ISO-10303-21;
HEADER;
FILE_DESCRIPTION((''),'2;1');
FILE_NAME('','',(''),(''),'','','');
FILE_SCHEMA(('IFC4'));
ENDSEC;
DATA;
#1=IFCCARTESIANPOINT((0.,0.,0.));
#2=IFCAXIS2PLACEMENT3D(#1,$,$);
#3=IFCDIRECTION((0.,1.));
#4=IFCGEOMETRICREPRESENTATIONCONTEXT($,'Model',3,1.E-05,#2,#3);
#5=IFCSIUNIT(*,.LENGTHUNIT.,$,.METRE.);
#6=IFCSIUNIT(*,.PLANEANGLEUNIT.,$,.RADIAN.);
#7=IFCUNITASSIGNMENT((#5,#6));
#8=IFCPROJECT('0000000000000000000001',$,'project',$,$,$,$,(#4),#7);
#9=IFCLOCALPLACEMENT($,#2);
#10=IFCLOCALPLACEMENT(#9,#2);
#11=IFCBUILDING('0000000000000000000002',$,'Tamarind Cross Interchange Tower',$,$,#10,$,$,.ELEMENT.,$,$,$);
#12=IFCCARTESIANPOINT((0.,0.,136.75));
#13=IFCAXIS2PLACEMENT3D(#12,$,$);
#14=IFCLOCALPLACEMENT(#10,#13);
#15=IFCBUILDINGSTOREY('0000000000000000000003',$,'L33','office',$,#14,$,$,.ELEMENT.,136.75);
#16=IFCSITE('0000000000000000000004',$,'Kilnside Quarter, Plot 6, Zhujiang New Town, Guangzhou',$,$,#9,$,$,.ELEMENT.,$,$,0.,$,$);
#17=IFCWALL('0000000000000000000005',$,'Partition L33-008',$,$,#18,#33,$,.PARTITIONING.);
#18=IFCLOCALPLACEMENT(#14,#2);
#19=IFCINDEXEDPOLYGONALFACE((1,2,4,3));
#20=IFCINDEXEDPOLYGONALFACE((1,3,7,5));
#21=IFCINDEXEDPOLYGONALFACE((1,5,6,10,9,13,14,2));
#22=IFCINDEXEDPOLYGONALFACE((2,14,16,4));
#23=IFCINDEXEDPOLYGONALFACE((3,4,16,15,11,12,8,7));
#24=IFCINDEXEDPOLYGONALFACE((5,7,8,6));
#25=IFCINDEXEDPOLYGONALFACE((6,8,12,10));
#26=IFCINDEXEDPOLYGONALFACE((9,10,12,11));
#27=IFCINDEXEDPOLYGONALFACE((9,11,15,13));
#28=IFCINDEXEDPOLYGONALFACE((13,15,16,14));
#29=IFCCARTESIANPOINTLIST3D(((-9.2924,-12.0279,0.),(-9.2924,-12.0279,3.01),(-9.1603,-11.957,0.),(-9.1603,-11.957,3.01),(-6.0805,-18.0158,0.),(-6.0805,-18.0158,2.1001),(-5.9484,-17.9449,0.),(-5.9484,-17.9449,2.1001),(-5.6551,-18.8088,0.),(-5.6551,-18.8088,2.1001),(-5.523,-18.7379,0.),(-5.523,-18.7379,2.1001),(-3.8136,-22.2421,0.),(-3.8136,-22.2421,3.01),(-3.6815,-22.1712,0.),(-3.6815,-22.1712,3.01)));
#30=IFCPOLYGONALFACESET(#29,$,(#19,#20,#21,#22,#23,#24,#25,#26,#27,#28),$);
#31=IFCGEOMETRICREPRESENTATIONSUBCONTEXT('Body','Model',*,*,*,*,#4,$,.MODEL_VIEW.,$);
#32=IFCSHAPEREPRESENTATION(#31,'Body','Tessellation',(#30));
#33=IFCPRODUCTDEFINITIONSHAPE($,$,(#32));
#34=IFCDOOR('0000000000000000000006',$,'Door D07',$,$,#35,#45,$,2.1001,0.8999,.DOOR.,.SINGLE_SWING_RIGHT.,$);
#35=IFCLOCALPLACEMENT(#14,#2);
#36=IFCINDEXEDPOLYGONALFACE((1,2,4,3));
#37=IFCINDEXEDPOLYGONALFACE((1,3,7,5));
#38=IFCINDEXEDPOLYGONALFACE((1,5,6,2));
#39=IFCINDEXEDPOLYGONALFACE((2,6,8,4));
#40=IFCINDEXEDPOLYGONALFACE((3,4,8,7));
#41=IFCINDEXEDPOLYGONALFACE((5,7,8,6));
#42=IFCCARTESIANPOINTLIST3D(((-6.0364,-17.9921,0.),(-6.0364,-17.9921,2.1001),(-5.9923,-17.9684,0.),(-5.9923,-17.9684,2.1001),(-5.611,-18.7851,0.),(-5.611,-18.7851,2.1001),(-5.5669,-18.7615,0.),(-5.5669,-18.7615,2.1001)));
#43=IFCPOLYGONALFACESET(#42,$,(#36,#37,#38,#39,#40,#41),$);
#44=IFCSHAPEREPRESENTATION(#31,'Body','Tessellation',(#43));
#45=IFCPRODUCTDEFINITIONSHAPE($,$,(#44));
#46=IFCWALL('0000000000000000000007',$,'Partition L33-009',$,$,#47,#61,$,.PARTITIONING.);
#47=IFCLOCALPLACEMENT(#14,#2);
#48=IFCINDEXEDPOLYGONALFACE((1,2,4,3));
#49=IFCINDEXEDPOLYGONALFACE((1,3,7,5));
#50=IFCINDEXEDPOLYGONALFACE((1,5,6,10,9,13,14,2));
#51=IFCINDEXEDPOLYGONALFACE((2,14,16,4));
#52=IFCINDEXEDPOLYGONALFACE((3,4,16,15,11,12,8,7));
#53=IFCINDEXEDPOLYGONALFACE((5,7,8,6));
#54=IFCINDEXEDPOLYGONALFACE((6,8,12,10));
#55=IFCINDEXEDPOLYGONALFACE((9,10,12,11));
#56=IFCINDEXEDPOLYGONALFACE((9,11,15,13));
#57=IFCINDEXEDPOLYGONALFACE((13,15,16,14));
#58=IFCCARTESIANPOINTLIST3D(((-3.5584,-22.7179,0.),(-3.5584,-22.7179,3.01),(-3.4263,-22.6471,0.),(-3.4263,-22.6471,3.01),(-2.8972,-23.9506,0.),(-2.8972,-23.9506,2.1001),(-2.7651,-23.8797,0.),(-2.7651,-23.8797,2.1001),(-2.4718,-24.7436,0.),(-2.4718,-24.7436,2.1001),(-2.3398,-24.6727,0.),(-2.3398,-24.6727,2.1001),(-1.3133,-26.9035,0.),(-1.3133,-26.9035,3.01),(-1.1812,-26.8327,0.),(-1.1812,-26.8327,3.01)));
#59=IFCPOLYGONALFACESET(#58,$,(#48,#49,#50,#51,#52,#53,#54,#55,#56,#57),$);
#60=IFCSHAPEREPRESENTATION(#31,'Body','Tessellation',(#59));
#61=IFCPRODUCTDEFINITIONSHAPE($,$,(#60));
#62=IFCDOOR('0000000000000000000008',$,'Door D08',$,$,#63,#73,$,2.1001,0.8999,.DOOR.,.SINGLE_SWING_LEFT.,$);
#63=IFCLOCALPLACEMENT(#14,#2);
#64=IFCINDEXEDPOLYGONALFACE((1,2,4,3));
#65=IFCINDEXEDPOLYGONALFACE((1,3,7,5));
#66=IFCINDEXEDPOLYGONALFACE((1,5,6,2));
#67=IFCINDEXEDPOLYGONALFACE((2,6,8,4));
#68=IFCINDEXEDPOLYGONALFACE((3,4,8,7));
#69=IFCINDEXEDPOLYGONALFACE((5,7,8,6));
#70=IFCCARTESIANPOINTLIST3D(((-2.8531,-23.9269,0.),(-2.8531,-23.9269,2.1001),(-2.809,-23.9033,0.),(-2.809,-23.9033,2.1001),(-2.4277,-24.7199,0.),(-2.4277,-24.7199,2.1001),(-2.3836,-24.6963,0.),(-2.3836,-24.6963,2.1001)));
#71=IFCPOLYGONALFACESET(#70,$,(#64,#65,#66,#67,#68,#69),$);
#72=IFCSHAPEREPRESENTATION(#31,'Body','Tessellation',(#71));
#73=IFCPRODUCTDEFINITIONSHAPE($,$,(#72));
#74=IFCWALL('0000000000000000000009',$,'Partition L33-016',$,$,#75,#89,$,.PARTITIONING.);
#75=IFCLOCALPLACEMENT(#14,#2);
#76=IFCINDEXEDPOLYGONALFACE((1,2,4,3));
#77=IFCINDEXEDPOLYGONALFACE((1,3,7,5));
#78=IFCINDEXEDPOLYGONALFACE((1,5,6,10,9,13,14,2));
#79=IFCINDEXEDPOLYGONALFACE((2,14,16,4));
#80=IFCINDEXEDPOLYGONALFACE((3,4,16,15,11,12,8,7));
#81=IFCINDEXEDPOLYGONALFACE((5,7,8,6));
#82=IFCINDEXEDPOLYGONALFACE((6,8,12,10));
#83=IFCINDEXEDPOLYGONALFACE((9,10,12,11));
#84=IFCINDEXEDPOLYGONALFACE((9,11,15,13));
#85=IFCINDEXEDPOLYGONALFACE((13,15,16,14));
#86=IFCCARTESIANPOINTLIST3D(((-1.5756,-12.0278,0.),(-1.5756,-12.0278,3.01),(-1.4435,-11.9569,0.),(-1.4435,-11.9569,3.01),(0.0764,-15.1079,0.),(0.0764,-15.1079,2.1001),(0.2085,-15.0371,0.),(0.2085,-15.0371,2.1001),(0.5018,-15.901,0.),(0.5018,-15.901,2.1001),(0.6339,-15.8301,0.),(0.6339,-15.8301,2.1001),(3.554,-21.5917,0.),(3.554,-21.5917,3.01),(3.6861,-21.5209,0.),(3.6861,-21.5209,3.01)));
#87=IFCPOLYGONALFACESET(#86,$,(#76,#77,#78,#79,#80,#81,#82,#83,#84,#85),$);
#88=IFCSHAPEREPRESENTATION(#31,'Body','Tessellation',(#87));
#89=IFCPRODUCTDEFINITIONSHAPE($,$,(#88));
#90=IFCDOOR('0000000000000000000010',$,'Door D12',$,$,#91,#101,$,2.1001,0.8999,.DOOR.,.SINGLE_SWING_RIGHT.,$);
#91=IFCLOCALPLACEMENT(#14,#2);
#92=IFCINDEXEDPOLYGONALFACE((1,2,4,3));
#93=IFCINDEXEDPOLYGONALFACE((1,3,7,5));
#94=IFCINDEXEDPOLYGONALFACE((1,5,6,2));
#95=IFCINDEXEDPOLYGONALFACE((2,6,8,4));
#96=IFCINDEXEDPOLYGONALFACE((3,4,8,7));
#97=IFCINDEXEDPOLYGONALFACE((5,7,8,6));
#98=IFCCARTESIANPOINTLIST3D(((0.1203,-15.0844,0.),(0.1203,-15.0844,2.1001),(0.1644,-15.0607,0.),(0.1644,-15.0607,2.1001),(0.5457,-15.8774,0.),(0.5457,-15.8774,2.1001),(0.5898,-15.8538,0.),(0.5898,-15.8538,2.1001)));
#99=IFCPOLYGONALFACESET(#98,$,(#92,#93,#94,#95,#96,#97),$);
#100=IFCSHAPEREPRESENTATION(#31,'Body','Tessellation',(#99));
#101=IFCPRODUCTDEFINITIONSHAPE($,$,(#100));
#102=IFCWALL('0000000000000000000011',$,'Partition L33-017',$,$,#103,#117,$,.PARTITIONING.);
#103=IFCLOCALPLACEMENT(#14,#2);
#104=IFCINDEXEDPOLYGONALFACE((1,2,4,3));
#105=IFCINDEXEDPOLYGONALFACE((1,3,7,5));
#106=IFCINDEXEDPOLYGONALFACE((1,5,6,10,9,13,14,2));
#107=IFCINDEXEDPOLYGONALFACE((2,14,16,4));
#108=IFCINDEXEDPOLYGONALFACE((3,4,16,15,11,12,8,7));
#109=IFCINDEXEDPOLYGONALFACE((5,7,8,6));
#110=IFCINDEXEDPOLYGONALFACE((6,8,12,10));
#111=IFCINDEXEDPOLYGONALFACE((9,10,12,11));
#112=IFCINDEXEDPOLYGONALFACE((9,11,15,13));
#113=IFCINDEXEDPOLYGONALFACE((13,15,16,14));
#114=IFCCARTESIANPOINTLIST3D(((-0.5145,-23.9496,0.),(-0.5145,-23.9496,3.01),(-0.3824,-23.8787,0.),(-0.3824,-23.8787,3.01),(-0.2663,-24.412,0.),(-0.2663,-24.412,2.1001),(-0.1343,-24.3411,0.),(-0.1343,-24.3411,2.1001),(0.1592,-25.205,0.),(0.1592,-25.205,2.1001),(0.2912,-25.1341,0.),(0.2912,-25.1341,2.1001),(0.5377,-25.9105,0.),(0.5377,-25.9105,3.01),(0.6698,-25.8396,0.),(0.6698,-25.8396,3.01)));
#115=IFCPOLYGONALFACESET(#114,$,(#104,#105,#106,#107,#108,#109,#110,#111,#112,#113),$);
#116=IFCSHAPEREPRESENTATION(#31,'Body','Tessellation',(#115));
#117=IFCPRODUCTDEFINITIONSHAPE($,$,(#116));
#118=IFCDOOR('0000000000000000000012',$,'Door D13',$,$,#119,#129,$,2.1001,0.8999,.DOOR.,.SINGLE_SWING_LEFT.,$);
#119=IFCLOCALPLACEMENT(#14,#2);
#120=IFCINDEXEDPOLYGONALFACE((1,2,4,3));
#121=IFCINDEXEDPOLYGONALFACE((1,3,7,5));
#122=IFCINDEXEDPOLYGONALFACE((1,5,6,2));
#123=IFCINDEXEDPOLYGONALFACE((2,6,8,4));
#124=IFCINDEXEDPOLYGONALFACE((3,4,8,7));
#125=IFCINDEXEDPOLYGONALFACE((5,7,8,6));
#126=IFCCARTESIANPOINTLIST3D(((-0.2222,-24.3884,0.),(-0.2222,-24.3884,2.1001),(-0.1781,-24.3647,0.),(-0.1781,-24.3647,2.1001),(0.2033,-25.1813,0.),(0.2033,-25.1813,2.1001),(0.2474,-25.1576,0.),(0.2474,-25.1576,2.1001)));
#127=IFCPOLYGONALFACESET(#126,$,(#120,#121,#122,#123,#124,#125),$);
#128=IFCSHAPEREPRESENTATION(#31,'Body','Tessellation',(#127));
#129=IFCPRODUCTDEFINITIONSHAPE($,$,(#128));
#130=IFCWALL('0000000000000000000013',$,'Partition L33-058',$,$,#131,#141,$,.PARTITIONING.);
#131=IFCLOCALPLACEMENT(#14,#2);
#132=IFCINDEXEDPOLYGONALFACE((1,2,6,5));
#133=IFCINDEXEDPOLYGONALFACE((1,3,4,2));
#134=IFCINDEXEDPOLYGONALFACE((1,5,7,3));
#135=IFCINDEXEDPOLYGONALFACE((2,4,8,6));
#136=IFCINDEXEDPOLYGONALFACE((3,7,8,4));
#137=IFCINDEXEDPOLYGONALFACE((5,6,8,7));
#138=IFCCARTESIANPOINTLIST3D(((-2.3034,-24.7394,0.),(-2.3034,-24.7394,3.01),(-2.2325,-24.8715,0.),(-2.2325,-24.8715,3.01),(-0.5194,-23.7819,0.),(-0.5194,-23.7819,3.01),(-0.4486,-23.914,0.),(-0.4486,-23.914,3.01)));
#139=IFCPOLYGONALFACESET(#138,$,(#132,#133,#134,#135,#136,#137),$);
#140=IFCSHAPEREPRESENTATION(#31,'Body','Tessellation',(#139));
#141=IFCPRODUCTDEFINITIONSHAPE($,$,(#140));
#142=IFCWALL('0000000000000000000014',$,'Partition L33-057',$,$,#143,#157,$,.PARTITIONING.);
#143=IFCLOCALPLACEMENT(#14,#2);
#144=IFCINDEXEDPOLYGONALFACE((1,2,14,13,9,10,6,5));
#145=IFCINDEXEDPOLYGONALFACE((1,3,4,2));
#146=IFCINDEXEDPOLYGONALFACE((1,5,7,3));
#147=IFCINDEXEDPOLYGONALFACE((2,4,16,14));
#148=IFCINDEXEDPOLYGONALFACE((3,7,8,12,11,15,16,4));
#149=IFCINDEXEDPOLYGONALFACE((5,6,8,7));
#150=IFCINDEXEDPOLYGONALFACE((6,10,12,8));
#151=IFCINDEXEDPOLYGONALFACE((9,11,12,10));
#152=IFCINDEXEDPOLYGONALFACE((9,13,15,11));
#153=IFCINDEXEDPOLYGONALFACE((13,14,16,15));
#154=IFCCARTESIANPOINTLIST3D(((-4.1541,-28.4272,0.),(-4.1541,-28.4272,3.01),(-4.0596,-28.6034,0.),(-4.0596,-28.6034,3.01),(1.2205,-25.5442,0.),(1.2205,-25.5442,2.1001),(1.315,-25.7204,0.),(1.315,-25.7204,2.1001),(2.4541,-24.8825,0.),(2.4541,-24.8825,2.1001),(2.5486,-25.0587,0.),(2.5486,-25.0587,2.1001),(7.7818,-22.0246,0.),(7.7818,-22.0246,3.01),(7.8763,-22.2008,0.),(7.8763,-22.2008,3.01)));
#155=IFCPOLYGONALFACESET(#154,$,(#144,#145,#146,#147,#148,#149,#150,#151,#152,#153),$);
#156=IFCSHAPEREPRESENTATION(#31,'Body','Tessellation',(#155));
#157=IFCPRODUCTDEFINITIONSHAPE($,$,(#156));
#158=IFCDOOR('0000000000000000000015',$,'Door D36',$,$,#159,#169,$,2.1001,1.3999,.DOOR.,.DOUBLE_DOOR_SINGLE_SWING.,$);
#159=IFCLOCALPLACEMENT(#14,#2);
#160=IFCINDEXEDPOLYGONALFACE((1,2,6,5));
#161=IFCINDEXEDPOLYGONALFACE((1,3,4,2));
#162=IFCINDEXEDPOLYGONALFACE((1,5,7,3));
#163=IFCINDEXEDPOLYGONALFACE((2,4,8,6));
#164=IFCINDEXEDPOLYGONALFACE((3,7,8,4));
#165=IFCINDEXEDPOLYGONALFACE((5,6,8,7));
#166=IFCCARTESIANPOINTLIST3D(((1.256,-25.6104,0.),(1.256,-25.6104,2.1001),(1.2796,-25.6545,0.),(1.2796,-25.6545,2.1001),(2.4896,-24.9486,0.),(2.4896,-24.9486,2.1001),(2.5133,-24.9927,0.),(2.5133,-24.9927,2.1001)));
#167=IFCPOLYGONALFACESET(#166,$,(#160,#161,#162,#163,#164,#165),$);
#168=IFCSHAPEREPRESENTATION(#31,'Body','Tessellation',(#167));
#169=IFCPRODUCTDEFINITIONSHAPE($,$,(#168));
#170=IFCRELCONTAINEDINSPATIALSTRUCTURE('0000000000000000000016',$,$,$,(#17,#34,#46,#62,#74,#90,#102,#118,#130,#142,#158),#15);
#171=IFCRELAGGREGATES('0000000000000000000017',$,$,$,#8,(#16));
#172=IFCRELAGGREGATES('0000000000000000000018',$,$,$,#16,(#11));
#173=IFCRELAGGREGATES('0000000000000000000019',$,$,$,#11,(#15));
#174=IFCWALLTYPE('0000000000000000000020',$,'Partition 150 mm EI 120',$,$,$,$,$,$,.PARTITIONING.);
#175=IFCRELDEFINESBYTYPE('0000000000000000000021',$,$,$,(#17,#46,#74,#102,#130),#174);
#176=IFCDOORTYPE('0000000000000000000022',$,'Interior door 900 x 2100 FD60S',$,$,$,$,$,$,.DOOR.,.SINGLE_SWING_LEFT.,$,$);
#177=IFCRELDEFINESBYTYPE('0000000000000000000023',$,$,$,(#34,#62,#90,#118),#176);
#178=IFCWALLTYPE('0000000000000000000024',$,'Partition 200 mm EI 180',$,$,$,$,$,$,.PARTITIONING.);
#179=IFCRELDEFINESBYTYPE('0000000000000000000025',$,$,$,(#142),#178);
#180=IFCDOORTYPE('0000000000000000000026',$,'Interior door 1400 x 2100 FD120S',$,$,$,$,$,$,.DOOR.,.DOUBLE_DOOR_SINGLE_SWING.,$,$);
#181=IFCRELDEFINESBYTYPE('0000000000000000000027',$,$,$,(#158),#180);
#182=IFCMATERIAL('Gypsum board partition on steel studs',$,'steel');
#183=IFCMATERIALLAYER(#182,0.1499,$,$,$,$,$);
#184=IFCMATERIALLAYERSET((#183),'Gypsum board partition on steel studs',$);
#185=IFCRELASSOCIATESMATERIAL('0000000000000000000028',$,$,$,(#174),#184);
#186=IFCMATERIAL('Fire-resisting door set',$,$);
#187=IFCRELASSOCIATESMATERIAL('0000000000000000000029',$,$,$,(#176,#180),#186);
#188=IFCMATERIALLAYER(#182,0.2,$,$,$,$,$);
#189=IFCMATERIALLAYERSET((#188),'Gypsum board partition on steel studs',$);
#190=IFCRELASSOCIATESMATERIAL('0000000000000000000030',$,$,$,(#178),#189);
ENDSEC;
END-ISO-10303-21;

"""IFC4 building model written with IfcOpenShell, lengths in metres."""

from ifc_helpers import new_model, si_unit, direction, frame, frame_2d, origin, place, context, subcontext, project, spatial, rectangle, extrude, material, layer, layer_set, type_object, element, fill, save


model = new_model("IFC4")

# Units and contexts
model_context = context("Model", 3, precision=1e-05, world=origin(), true_north=direction((0.0, 1.0)))
body_context = subcontext(model_context, "Body", "Model", "MODEL_VIEW")
ifc_project = project(units=[si_unit("LENGTHUNIT", "METRE"), si_unit("PLANEANGLEUNIT", "RADIAN")], contexts=[model_context])

# Site, building, storey
site_placement = place(None, origin())
site = spatial("IfcSite", under=ifc_project, at=site_placement, Name="Kilnside Quarter, Plot 6, Zhujiang New Town, Guangzhou", CompositionType="ELEMENT", RefElevation=0.0)
building_placement = place(site_placement, origin())
building = spatial("IfcBuilding", under=site, at=building_placement, Name="Tamarind Cross Interchange Tower", CompositionType="ELEMENT")
storey_placement = place(building_placement, frame((0.0, 0.0, 136.75)))
storey = spatial("IfcBuildingStorey", under=building, at=storey_placement, Name="L33", Description="office", CompositionType="ELEMENT", Elevation=136.75)

# Shared definitions
ifc_material_1 = material(Name="Gypsum board partition on steel studs", Category="steel")

# Walls, openings, doors
ifc_layer_1 = layer(ifc_material_1, 0.1499)
ifc_layer_set_1 = layer_set([ifc_layer_1], Name="Gypsum board partition on steel studs")
wall_type_1 = type_object("IfcWallType", Name="Partition 150 mm EI 120", PredefinedType="PARTITIONING", material=ifc_layer_set_1)
wall_1_placement = place(storey_placement, frame((-9.2263, -11.9924, 0.0), z_axis=(0.0, 0.0, 1.0), x_axis=(0.472685, -0.881232, 0.0)))
wall_1 = element("IfcWall", 1, at=wall_1_placement, inside=storey, type_object=wall_type_1, Name="Partition L33-008", PredefinedType="PARTITIONING", context=body_context, shape_type="SweptSolid", body=[
    extrude(rectangle(XDim=11.5908, YDim=0.1499, at=frame_2d((5.7954, 0.0))), origin(), (0.0, 0.0, 1.0), 3.01),
])
opening_1_placement = place(wall_1_placement, frame((6.7949, 0.0, 0.0)))
opening_1 = element("IfcOpeningElement", 2, at=opening_1_placement, cuts=wall_1, PredefinedType="OPENING", context=body_context, shape_type="SweptSolid", body=[
    extrude(rectangle(XDim=0.8999, YDim=2.1001, at=frame_2d((0.45, 1.05))), frame((0.0, 0.085, 0.0), z_axis=(0.0, -1.0, 0.0), x_axis=(1.0, 0.0, 0.0)), (0.0, 0.0, 1.0), 0.1699),
])
ifc_material_2 = material(Name="Fire-resisting door set")
door_type_1 = type_object("IfcDoorType", Name="Interior door 900 x 2100 FD60S", OperationType="SINGLE_SWING_LEFT", PredefinedType="DOOR", material=ifc_material_2)
door_1_placement = place(opening_1_placement, frame((0.8999, 0.0, 0.0), z_axis=(0.0, 0.0, 1.0), x_axis=(-1.0, 0.0, 0.0)))
door_1 = element("IfcDoor", 3, at=door_1_placement, inside=storey, type_object=door_type_1, Name="Door D07", OperationType="SINGLE_SWING_RIGHT", OverallHeight=2.1001, OverallWidth=0.8999, PredefinedType="DOOR", context=body_context, shape_type="SweptSolid", body=[
    extrude(rectangle(XDim=0.8999, YDim=2.1001, at=frame_2d((0.45, 1.05))), frame((0.0, 0.0249, 0.0), z_axis=(0.0, -1.0, 0.0), x_axis=(1.0, 0.0, 0.0)), (0.0, 0.0, 1.0), 0.05),
])
fill(opening_1, door_1)
wall_2_placement = place(storey_placement, frame((-3.4924, -22.6824, 0.0), z_axis=(0.0, 0.0, 1.0), x_axis=(0.472689, -0.881229, 0.0)))
wall_2 = element("IfcWall", 4, at=wall_2_placement, inside=storey, type_object=wall_type_1, Name="Partition L33-009", PredefinedType="PARTITIONING", context=body_context, shape_type="SweptSolid", body=[
    extrude(rectangle(XDim=4.7498, YDim=0.1499, at=frame_2d((2.375, 0.0))), origin(), (0.0, 0.0, 1.0), 3.01),
])
opening_2_placement = place(wall_2_placement, frame((1.3989, 0.0, 0.0)))
opening_2 = element("IfcOpeningElement", 5, at=opening_2_placement, cuts=wall_2, PredefinedType="OPENING", context=body_context, shape_type="SweptSolid", body=[
    extrude(rectangle(XDim=0.8999, YDim=2.1001, at=frame_2d((0.45, 1.05))), frame((0.0, 0.085, 0.0), z_axis=(0.0, -1.0, 0.0), x_axis=(1.0, 0.0, 0.0)), (0.0, 0.0, 1.0), 0.1699),
])
door_2_placement = place(opening_2_placement, frame((0.8999, 0.0, 0.0), z_axis=(0.0, 0.0, 1.0), x_axis=(-1.0, 0.0, 0.0)))
door_2 = element("IfcDoor", 6, at=door_2_placement, inside=storey, type_object=door_type_1, Name="Door D08", OperationType="SINGLE_SWING_LEFT", OverallHeight=2.1001, OverallWidth=0.8999, PredefinedType="DOOR", context=body_context, shape_type="SweptSolid", body=[
    extrude(rectangle(XDim=0.8999, YDim=2.1001, at=frame_2d((0.45, 1.05))), frame((0.0, 0.0249, 0.0), z_axis=(0.0, -1.0, 0.0), x_axis=(1.0, 0.0, 0.0)), (0.0, 0.0, 1.0), 0.05),
])
fill(opening_2, door_2)
wall_3_placement = place(storey_placement, frame((-1.5095, -11.9924, 0.0), z_axis=(0.0, 0.0, 1.0), x_axis=(0.472657, -0.881246, 0.0)))
wall_3 = element("IfcWall", 7, at=wall_3_placement, inside=storey, type_object=wall_type_1, Name="Partition L33-016", PredefinedType="PARTITIONING", context=body_context, shape_type="SweptSolid", body=[
    extrude(rectangle(XDim=10.8528, YDim=0.1499, at=frame_2d((5.4263, 0.0))), origin(), (0.0, 0.0, 1.0), 3.01),
])
opening_3_placement = place(wall_3_placement, frame((3.4951, 0.0, 0.0)))
opening_3 = element("IfcOpeningElement", 8, at=opening_3_placement, cuts=wall_3, PredefinedType="OPENING", context=body_context, shape_type="SweptSolid", body=[
    extrude(rectangle(XDim=0.8999, YDim=2.1001, at=frame_2d((0.45, 1.05))), frame((0.0, 0.085, 0.0), z_axis=(0.0, -1.0, 0.0), x_axis=(1.0, 0.0, 0.0)), (0.0, 0.0, 1.0), 0.1699),
])
door_3_placement = place(opening_3_placement, origin())
door_3 = element("IfcDoor", 9, at=door_3_placement, inside=storey, type_object=door_type_1, Name="Door D12", OperationType="SINGLE_SWING_RIGHT", OverallHeight=2.1001, OverallWidth=0.8999, PredefinedType="DOOR", context=body_context, shape_type="SweptSolid", body=[
    extrude(rectangle(XDim=0.8999, YDim=2.1001, at=frame_2d((0.45, 1.05))), frame((0.0, 0.0249, 0.0), z_axis=(0.0, -1.0, 0.0), x_axis=(1.0, 0.0, 0.0)), (0.0, 0.0, 1.0), 0.05),
])
fill(opening_3, door_3)
wall_4_placement = place(storey_placement, frame((-0.4485, -23.9141, 0.0), z_axis=(0.0, 0.0, 1.0), x_axis=(0.47283, -0.881154, 0.0)))
wall_4 = element("IfcWall", 10, at=wall_4_placement, inside=storey, type_object=wall_type_1, Name="Partition L33-017", PredefinedType="PARTITIONING", context=body_context, shape_type="SweptSolid", body=[
    extrude(rectangle(XDim=2.2253, YDim=0.1499, at=frame_2d((1.1128, 0.0))), origin(), (0.0, 0.0, 1.0), 3.01),
])
opening_4_placement = place(wall_4_placement, frame((0.5249, 0.0, 0.0)))
opening_4 = element("IfcOpeningElement", 11, at=opening_4_placement, cuts=wall_4, PredefinedType="OPENING", context=body_context, shape_type="SweptSolid", body=[
    extrude(rectangle(XDim=0.8999, YDim=2.1001, at=frame_2d((0.45, 1.05))), frame((0.0, 0.085, 0.0), z_axis=(0.0, -1.0, 0.0), x_axis=(1.0, 0.0, 0.0)), (0.0, 0.0, 1.0), 0.1699),
])
door_4_placement = place(opening_4_placement, frame((0.8999, 0.0, 0.0), z_axis=(0.0, 0.0, 1.0), x_axis=(-1.0, 0.0, 0.0)))
door_4 = element("IfcDoor", 12, at=door_4_placement, inside=storey, type_object=door_type_1, Name="Door D13", OperationType="SINGLE_SWING_LEFT", OverallHeight=2.1001, OverallWidth=0.8999, PredefinedType="DOOR", context=body_context, shape_type="SweptSolid", body=[
    extrude(rectangle(XDim=0.8999, YDim=2.1001, at=frame_2d((0.45, 1.05))), frame((0.0, 0.0249, 0.0), z_axis=(0.0, -1.0, 0.0), x_axis=(1.0, 0.0, 0.0)), (0.0, 0.0, 1.0), 0.05),
])
fill(opening_4, door_4)

# Wall
wall_5_placement = place(storey_placement, frame((-2.2678, -24.8054, 0.0), z_axis=(0.0, 0.0, 1.0), x_axis=(0.881101, 0.472927, 0.0)))
element("IfcWall", 13, at=wall_5_placement, inside=storey, type_object=wall_type_1, Name="Partition L33-058", PredefinedType="PARTITIONING", context=body_context, shape_type="SweptSolid", body=[
    extrude(rectangle(XDim=2.0247, YDim=0.1499, at=frame_2d((1.0122, 0.0))), origin(), (0.0, 0.0, 1.0), 3.01),
])

# Wall, opening, door
ifc_layer_2 = layer(ifc_material_1, 0.2)
ifc_layer_set_2 = layer_set([ifc_layer_2], Name="Gypsum board partition on steel studs")
wall_type_2 = type_object("IfcWallType", Name="Partition 200 mm EI 180", PredefinedType="PARTITIONING", material=ifc_layer_set_2)
wall_6_placement = place(storey_placement, frame((-4.1069, -28.5154, 0.0), z_axis=(0.0, 0.0, 1.0), x_axis=(0.881221, 0.472704, 0.0)))
wall_6 = element("IfcWall", 14, at=wall_6_placement, inside=storey, type_object=wall_type_2, Name="Partition L33-057", PredefinedType="PARTITIONING", context=body_context, shape_type="SweptSolid", body=[
    extrude(rectangle(XDim=13.5447, YDim=0.2, at=frame_2d((6.7725, 0.0))), origin(), (0.0, 0.0, 1.0), 3.01),
])
opening_5_placement = place(wall_6_placement, frame((6.0991, 0.0, 0.0)))
opening_5 = element("IfcOpeningElement", 15, at=opening_5_placement, cuts=wall_6, PredefinedType="OPENING", context=body_context, shape_type="SweptSolid", body=[
    extrude(rectangle(XDim=1.3999, YDim=2.1001, at=frame_2d((0.7, 1.05))), frame((0.0, 0.1099, 0.0), z_axis=(0.0, -1.0, 0.0), x_axis=(1.0, 0.0, 0.0)), (0.0, 0.0, 1.0), 0.22),
])
door_type_2 = type_object("IfcDoorType", Name="Interior door 1400 x 2100 FD120S", OperationType="DOUBLE_DOOR_SINGLE_SWING", PredefinedType="DOOR", material=ifc_material_2)
door_5_placement = place(opening_5_placement, origin())
door_5 = element("IfcDoor", 16, at=door_5_placement, inside=storey, type_object=door_type_2, Name="Door D36", OperationType="DOUBLE_DOOR_SINGLE_SWING", OverallHeight=2.1001, OverallWidth=1.3999, PredefinedType="DOOR", context=body_context, shape_type="SweptSolid", body=[
    extrude(rectangle(XDim=1.3999, YDim=2.1001, at=frame_2d((0.7, 1.05))), frame((0.0, 0.0249, 0.0), z_axis=(0.0, -1.0, 0.0), x_axis=(1.0, 0.0, 0.0)), (0.0, 0.0, 1.0), 0.05),
])
fill(opening_5, door_5)

save(model, "model.ifc")
